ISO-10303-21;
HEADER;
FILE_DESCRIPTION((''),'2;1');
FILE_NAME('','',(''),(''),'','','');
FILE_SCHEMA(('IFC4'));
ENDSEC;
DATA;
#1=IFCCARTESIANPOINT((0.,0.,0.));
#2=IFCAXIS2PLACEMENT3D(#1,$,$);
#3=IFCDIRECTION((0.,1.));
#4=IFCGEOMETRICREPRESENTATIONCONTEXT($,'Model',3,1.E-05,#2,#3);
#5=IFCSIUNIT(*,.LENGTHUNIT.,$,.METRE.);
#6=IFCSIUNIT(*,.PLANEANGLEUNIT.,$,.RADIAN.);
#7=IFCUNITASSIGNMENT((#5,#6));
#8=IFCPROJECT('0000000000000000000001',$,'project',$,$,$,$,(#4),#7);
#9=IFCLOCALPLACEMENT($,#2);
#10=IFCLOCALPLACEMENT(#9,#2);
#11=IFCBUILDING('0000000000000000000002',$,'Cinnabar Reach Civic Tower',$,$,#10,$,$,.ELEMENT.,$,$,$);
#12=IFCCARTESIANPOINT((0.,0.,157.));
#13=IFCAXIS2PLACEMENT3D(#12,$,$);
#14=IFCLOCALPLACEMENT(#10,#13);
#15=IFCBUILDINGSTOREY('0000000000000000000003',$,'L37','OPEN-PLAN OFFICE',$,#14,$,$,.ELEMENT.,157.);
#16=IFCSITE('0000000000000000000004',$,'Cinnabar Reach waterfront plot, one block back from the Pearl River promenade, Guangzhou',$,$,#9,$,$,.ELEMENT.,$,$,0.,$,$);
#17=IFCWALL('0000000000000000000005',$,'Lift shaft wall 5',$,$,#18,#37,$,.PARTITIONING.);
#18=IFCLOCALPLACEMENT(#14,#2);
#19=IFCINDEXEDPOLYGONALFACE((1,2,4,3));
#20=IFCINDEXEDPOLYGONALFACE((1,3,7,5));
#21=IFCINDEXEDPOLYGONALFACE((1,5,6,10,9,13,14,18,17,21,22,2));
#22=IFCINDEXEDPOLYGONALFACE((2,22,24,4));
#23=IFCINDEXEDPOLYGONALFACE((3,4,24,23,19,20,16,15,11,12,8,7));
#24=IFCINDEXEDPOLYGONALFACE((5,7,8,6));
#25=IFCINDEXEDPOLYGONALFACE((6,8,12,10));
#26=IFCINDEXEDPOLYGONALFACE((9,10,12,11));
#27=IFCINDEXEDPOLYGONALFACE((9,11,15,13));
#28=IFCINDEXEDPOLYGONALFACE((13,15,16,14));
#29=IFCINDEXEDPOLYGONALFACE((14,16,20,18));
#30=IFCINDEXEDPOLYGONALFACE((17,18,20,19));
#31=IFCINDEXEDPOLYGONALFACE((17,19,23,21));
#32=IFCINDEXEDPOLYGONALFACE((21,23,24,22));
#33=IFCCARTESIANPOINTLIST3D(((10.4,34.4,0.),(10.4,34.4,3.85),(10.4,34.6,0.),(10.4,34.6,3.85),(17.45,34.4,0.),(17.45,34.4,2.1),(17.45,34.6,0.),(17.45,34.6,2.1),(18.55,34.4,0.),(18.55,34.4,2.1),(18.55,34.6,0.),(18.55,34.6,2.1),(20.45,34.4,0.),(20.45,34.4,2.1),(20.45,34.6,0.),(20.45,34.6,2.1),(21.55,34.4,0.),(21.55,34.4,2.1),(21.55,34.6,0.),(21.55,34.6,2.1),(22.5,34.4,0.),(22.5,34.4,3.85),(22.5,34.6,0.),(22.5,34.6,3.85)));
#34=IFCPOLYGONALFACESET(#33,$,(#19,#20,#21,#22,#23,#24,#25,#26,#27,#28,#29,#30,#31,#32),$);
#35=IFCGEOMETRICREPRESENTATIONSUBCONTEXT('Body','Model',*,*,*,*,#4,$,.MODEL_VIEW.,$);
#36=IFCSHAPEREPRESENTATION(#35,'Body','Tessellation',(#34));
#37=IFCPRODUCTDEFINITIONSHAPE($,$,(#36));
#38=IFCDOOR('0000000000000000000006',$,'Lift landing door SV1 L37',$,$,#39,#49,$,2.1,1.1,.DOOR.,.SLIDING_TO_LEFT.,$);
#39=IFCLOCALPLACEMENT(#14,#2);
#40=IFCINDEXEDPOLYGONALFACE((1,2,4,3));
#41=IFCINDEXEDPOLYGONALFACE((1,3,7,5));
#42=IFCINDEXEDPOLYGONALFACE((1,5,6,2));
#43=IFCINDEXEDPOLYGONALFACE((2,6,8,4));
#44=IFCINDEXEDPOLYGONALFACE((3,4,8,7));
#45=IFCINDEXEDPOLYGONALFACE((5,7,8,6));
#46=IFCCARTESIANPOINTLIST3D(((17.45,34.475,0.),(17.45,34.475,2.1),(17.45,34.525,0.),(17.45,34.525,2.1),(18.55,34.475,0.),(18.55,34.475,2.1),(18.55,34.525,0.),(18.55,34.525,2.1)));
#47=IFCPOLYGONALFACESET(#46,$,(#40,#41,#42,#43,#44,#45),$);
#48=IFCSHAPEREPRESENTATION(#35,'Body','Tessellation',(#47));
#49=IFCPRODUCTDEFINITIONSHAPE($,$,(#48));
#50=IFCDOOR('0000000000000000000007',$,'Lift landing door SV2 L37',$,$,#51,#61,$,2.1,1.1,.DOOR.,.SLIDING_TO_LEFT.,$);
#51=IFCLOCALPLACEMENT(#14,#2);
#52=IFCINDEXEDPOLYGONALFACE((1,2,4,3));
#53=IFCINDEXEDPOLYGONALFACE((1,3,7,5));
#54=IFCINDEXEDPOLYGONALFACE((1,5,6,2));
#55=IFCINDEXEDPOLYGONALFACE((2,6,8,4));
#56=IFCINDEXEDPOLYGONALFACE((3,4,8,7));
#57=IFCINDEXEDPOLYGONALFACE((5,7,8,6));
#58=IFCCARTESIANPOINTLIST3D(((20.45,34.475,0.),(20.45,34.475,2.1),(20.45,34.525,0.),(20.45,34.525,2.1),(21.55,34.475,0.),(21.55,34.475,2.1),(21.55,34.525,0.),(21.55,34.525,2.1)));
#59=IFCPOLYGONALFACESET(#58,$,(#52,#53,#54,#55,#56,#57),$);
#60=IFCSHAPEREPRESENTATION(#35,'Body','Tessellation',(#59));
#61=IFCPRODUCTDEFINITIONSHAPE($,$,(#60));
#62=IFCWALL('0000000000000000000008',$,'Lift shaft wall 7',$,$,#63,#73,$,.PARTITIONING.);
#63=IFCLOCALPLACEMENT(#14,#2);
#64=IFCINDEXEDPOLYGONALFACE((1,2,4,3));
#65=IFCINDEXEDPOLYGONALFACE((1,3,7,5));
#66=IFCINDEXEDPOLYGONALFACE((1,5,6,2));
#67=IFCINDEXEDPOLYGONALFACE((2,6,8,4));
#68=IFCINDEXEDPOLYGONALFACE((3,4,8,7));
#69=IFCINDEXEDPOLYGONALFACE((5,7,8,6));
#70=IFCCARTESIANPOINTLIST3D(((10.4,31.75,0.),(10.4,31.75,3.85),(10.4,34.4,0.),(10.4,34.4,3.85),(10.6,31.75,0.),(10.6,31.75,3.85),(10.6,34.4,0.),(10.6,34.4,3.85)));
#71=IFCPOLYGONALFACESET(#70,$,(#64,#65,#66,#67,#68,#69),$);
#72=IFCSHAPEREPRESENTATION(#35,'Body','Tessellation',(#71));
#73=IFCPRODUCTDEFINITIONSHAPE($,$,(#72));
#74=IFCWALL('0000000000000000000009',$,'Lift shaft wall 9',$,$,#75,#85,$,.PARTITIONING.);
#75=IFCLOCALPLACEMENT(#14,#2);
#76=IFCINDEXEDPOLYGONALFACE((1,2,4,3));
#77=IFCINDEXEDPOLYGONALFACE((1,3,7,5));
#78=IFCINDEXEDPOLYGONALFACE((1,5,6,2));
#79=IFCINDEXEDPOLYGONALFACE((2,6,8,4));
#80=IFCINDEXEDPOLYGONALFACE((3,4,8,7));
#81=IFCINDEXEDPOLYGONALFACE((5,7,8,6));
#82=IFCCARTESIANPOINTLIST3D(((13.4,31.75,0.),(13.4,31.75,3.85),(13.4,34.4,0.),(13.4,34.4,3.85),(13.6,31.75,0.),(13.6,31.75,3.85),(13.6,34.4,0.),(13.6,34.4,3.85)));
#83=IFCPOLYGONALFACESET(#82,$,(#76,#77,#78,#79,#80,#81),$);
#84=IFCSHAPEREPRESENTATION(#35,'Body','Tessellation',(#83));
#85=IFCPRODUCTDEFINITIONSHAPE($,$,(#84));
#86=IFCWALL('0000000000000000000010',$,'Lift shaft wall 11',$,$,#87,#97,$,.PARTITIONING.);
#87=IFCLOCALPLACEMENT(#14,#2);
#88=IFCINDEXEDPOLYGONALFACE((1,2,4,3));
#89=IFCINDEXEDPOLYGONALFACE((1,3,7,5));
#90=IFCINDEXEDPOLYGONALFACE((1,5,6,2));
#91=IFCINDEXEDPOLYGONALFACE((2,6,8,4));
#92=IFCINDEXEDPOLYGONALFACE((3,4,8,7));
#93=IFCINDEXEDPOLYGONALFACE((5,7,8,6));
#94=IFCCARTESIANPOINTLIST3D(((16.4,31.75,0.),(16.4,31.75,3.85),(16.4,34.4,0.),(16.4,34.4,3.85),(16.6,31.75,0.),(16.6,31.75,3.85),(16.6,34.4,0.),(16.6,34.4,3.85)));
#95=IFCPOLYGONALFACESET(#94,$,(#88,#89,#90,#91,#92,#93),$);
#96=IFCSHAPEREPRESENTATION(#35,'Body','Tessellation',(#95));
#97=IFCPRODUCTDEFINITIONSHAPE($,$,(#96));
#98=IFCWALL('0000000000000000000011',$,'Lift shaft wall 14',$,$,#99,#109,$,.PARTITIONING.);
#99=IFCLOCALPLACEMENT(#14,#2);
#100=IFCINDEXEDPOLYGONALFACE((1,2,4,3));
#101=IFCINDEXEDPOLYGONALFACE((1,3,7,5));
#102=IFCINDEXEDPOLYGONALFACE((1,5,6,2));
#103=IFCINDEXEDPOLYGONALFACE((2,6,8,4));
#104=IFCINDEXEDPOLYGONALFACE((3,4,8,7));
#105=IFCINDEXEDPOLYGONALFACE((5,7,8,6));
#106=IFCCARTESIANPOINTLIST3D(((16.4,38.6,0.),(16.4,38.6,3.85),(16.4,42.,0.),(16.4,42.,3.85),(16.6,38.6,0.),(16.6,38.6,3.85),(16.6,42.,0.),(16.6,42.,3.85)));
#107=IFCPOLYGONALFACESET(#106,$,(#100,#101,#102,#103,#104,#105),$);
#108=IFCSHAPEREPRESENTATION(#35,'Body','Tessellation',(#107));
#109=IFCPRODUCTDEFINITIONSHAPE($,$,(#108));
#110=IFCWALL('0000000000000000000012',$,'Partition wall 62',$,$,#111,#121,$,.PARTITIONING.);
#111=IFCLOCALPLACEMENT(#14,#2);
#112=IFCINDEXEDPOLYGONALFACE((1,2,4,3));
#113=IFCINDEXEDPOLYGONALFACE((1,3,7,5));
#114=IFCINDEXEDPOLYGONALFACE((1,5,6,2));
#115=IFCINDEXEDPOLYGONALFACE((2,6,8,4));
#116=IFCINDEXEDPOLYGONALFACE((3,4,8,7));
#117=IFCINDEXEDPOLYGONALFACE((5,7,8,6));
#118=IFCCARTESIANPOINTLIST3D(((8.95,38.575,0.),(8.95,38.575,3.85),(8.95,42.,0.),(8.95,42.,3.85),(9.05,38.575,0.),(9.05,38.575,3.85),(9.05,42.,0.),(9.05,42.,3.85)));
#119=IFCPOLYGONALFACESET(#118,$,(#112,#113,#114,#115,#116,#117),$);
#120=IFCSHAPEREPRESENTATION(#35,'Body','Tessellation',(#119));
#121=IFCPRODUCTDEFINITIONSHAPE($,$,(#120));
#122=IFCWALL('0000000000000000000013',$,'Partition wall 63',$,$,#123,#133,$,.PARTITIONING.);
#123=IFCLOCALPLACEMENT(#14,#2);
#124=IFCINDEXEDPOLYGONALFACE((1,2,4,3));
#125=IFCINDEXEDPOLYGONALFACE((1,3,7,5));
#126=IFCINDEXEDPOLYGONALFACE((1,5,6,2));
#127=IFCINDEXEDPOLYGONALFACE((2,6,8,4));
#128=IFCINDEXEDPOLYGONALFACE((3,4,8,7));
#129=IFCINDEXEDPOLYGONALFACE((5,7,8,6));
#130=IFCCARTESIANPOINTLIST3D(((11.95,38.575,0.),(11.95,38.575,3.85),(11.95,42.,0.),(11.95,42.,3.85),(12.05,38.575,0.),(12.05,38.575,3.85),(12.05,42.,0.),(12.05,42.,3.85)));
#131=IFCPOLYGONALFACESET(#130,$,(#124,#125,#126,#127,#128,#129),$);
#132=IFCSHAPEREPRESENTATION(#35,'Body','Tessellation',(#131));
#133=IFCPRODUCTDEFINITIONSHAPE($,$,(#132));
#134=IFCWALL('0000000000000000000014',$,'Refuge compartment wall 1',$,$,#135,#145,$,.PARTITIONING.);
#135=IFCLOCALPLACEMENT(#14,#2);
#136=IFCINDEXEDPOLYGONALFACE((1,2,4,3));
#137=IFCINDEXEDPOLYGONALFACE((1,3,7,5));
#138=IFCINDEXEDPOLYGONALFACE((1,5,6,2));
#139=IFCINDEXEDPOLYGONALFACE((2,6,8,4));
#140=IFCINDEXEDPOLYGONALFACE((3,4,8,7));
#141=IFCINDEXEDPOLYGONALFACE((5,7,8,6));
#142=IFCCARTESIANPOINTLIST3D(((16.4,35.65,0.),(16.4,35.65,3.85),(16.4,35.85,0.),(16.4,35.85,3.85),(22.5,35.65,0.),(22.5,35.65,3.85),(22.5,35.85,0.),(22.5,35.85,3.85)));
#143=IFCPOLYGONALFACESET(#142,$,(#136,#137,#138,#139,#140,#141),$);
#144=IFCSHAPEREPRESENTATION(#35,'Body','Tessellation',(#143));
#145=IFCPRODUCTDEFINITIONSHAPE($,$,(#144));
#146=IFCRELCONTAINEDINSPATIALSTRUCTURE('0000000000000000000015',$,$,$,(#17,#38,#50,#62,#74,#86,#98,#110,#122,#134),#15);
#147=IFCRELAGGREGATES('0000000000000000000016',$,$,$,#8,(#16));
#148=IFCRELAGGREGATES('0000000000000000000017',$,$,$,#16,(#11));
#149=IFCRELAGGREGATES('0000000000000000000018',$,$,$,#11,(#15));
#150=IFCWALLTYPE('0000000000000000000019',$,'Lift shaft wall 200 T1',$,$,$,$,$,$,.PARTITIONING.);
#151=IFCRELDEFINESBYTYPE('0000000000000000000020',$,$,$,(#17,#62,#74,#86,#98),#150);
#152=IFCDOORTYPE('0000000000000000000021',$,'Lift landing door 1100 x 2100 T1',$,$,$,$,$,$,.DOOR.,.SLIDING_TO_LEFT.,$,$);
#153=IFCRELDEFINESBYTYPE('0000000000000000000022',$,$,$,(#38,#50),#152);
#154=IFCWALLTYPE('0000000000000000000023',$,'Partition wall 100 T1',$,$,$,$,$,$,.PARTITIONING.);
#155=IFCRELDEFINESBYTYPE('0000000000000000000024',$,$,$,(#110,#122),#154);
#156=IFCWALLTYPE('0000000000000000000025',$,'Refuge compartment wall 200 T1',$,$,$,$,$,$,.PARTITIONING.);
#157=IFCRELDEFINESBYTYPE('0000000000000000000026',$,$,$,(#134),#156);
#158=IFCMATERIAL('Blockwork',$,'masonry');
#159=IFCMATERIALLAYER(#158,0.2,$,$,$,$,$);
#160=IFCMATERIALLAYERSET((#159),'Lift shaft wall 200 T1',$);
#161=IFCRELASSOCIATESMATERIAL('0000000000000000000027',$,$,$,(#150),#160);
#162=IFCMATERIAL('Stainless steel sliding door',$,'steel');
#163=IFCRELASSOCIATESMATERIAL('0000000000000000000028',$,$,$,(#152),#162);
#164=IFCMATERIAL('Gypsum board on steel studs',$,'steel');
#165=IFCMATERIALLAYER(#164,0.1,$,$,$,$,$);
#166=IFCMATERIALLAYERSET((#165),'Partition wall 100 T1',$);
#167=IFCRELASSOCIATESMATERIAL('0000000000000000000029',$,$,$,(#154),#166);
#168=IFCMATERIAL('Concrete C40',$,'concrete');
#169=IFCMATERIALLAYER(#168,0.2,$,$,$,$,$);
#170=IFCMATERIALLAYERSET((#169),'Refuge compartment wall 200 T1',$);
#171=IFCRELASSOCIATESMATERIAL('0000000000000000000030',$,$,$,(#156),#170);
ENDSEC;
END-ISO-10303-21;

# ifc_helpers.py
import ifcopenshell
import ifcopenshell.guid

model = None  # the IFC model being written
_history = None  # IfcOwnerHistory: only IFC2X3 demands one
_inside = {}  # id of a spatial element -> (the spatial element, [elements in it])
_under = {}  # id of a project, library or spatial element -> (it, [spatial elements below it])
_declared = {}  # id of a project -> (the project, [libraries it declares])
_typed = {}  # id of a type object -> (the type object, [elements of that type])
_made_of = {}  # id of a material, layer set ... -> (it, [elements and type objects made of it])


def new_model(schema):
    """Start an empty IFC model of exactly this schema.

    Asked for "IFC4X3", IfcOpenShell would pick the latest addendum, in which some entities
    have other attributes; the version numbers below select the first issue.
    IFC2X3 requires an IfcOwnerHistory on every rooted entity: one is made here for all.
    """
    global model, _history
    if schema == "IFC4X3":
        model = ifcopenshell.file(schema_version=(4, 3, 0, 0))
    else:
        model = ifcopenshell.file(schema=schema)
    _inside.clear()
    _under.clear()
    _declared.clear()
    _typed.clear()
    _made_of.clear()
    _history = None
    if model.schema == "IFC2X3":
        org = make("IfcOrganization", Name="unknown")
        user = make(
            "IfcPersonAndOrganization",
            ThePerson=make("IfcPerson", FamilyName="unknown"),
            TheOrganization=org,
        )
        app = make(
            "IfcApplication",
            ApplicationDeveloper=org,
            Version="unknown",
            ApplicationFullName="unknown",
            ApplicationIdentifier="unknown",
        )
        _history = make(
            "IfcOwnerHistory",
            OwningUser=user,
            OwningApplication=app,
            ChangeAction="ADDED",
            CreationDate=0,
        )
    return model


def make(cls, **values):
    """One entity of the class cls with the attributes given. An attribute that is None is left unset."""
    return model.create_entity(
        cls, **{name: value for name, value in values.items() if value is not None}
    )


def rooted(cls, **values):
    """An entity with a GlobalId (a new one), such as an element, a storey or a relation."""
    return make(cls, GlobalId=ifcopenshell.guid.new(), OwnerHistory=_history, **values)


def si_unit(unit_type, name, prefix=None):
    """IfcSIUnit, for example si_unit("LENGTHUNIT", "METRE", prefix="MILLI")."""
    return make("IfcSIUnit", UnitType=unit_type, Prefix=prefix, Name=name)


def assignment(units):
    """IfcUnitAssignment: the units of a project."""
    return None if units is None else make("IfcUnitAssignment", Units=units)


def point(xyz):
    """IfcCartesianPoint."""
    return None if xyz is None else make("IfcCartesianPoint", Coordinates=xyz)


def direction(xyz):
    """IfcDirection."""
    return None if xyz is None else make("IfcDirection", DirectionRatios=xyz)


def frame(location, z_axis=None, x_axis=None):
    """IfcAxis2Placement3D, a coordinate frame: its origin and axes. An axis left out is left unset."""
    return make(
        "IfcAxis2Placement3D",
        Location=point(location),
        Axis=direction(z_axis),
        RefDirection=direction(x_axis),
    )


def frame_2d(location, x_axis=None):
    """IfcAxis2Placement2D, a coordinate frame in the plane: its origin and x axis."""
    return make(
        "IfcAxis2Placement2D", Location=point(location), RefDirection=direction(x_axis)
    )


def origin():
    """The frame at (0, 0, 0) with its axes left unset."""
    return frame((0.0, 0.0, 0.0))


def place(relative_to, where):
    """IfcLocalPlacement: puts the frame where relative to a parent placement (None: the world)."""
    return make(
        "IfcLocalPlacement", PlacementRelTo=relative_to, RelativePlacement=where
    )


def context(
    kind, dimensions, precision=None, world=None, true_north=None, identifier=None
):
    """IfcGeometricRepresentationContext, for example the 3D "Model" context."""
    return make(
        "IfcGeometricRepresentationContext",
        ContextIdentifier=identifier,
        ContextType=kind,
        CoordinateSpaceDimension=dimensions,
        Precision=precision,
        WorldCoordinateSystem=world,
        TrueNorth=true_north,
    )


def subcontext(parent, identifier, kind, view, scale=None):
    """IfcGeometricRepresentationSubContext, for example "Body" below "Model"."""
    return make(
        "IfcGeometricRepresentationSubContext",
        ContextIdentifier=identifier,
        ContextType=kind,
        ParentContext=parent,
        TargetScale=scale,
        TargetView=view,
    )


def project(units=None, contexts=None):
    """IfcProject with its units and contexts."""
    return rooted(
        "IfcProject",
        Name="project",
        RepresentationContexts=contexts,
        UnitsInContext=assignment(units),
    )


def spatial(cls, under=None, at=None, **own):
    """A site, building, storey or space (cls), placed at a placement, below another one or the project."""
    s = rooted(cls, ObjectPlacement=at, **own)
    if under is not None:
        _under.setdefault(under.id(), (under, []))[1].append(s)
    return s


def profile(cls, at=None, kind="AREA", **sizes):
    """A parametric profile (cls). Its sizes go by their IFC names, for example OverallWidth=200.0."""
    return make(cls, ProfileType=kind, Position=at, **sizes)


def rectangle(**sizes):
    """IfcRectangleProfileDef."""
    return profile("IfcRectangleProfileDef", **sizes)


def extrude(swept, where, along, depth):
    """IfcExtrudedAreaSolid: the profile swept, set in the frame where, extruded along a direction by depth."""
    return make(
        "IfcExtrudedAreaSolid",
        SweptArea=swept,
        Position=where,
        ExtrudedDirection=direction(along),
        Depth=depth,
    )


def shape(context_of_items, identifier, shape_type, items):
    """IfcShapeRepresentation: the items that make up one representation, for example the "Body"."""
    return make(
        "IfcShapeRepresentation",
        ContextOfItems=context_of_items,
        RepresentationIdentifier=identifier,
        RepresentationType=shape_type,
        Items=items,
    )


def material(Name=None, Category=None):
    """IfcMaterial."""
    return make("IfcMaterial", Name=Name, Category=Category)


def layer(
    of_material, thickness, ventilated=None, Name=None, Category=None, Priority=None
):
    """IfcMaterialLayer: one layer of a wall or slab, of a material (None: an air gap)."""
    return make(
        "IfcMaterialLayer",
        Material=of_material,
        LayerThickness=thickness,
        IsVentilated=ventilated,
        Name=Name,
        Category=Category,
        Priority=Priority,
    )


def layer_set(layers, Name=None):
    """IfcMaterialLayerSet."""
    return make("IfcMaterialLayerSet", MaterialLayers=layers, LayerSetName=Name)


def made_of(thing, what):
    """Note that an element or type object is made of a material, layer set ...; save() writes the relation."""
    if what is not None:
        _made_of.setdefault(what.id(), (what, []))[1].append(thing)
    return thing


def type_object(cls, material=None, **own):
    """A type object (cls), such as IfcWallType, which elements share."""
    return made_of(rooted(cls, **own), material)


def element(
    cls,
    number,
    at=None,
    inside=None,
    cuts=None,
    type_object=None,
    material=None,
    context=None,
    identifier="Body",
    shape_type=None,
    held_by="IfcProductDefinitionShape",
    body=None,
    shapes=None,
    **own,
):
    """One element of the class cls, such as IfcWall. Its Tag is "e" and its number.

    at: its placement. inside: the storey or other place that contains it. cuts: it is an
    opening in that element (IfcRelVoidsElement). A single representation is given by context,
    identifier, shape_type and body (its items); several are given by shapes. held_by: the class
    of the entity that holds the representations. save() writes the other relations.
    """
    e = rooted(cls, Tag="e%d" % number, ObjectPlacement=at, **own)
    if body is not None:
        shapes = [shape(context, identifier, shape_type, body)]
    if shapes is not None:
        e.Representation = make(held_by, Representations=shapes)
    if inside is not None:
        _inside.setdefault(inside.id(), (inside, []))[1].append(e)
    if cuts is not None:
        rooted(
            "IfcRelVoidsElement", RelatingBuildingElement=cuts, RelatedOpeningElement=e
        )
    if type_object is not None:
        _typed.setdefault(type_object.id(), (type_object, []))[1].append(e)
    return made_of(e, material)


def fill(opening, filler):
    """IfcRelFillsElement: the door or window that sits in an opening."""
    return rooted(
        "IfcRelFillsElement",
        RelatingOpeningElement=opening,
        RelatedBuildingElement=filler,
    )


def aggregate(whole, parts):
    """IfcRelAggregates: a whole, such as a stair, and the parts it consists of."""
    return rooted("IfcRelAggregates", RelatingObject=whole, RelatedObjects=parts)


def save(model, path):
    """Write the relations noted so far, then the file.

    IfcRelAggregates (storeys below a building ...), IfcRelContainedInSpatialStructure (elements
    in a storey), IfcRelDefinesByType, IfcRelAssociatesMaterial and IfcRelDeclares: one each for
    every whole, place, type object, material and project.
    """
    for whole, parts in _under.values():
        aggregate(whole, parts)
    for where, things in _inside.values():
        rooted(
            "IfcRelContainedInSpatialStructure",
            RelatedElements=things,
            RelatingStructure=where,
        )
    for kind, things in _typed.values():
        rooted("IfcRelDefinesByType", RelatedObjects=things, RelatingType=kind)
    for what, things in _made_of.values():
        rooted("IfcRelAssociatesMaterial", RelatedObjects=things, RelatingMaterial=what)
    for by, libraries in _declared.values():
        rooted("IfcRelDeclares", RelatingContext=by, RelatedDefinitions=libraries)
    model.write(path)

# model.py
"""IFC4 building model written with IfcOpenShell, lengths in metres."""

from ifc_helpers import new_model, si_unit, direction, frame, frame_2d, origin, place, context, subcontext, project, spatial, rectangle, extrude, material, layer, layer_set, type_object, element, fill, save


model = new_model("IFC4")

# Units and contexts
model_context = context("Model", 3, precision=1e-05, world=origin(), true_north=direction((0.0, 1.0)))
body_context = subcontext(model_context, "Body", "Model", "MODEL_VIEW")
ifc_project = project(units=[si_unit("LENGTHUNIT", "METRE"), si_unit("PLANEANGLEUNIT", "RADIAN")], contexts=[model_context])

# Site, building, storey
site_placement = place(None, origin())
site = spatial("IfcSite", under=ifc_project, at=site_placement, Name="Cinnabar Reach waterfront plot, one block back from the Pearl River promenade, Guangzhou", CompositionType="ELEMENT", RefElevation=0.0)
building_placement = place(site_placement, origin())
building = spatial("IfcBuilding", under=site, at=building_placement, Name="Cinnabar Reach Civic Tower", CompositionType="ELEMENT")
storey_placement = place(building_placement, frame((0.0, 0.0, 157.0)))
storey = spatial("IfcBuildingStorey", under=building, at=storey_placement, Name="L37", Description="OPEN-PLAN OFFICE", CompositionType="ELEMENT", Elevation=157.0)

# Wall, openings, doors
ifc_material_1 = material(Name="Blockwork", Category="masonry")
ifc_layer_1 = layer(ifc_material_1, 0.2)
ifc_layer_set_1 = layer_set([ifc_layer_1], Name="Lift shaft wall 200 T1")
wall_type_1 = type_object("IfcWallType", Name="Lift shaft wall 200 T1", PredefinedType="PARTITIONING", material=ifc_layer_set_1)
wall_1_placement = place(storey_placement, frame((10.4, 34.5, 0.0), z_axis=(0.0, 0.0, 1.0), x_axis=(1.0, 0.0, 0.0)))
wall_1 = element("IfcWall", 1, at=wall_1_placement, inside=storey, type_object=wall_type_1, Name="Lift shaft wall 5", PredefinedType="PARTITIONING", context=body_context, shape_type="SweptSolid", body=[
    extrude(rectangle(XDim=12.1, YDim=0.2, at=frame_2d((6.05, 0.0))), origin(), (0.0, 0.0, 1.0), 3.85),
])
opening_1_placement = place(wall_1_placement, frame((7.05, 0.0, 0.0)))
opening_1 = element("IfcOpeningElement", 2, at=opening_1_placement, cuts=wall_1, PredefinedType="OPENING", context=body_context, shape_type="SweptSolid", body=[
    extrude(rectangle(XDim=1.1, YDim=2.1, at=frame_2d((0.55, 1.05))), frame((0.0, 0.11, 0.0), z_axis=(0.0, -1.0, 0.0), x_axis=(1.0, 0.0, 0.0)), (0.0, 0.0, 1.0), 0.22),
])
opening_2_placement = place(wall_1_placement, frame((10.05, 0.0, 0.0)))
opening_2 = element("IfcOpeningElement", 3, at=opening_2_placement, cuts=wall_1, PredefinedType="OPENING", context=body_context, shape_type="SweptSolid", body=[
    extrude(rectangle(XDim=1.1, YDim=2.1, at=frame_2d((0.55, 1.05))), frame((0.0, 0.11, 0.0), z_axis=(0.0, -1.0, 0.0), x_axis=(1.0, 0.0, 0.0)), (0.0, 0.0, 1.0), 0.22),
])
ifc_material_2 = material(Name="Stainless steel sliding door", Category="steel")
door_type_1 = type_object("IfcDoorType", Name="Lift landing door 1100 x 2100 T1", OperationType="SLIDING_TO_LEFT", PredefinedType="DOOR", material=ifc_material_2)
door_1_placement = place(opening_1_placement, origin())
door_1 = element("IfcDoor", 4, at=door_1_placement, inside=storey, type_object=door_type_1, Name="Lift landing door SV1 L37", OperationType="SLIDING_TO_LEFT", OverallHeight=2.1, OverallWidth=1.1, PredefinedType="DOOR", context=body_context, shape_type="SweptSolid", body=[
    extrude(rectangle(XDim=1.1, YDim=2.1, at=frame_2d((0.55, 1.05))), frame((0.0, 0.025, 0.0), z_axis=(0.0, -1.0, 0.0), x_axis=(1.0, 0.0, 0.0)), (0.0, 0.0, 1.0), 0.05),
])
fill(opening_1, door_1)
door_2_placement = place(opening_2_placement, origin())
door_2 = element("IfcDoor", 5, at=door_2_placement, inside=storey, type_object=door_type_1, Name="Lift landing door SV2 L37", OperationType="SLIDING_TO_LEFT", OverallHeight=2.1, OverallWidth=1.1, PredefinedType="DOOR", context=body_context, shape_type="SweptSolid", body=[
    extrude(rectangle(XDim=1.1, YDim=2.1, at=frame_2d((0.55, 1.05))), frame((0.0, 0.025, 0.0), z_axis=(0.0, -1.0, 0.0), x_axis=(1.0, 0.0, 0.0)), (0.0, 0.0, 1.0), 0.05),
])
fill(opening_2, door_2)

# Walls
for number, where, z_axis, x_axis, name in (
    (6, (10.5, 31.75, 0.0), (0.0, 0.0, 1.0), (0.0, 1.0, 0.0), "Lift shaft wall 7"),
    (7, (13.5, 31.75, 0.0), (0.0, 0.0, 1.0), (0.0, 1.0, 0.0), "Lift shaft wall 9"),
    (8, (16.5, 31.75, 0.0), (0.0, 0.0, 1.0), (0.0, 1.0, 0.0), "Lift shaft wall 11"),
):
    element("IfcWall", number, at=place(storey_placement, frame(where, z_axis=z_axis, x_axis=x_axis)), inside=storey, type_object=wall_type_1, Name=name, PredefinedType="PARTITIONING", context=body_context, shape_type="SweptSolid", body=[
        extrude(rectangle(XDim=2.65, YDim=0.2, at=frame_2d((1.325, 0.0))), origin(), (0.0, 0.0, 1.0), 3.85),
    ])
wall_2_placement = place(storey_placement, frame((16.5, 38.6, 0.0), z_axis=(0.0, 0.0, 1.0), x_axis=(0.0, 1.0, 0.0)))
element("IfcWall", 9, at=wall_2_placement, inside=storey, type_object=wall_type_1, Name="Lift shaft wall 14", PredefinedType="PARTITIONING", context=body_context, shape_type="SweptSolid", body=[
    extrude(rectangle(XDim=3.4, YDim=0.2, at=frame_2d((1.7, 0.0))), origin(), (0.0, 0.0, 1.0), 3.85),
])
ifc_material_3 = material(Name="Gypsum board on steel studs", Category="steel")
ifc_layer_2 = layer(ifc_material_3, 0.1)
ifc_layer_set_2 = layer_set([ifc_layer_2], Name="Partition wall 100 T1")
wall_type_2 = type_object("IfcWallType", Name="Partition wall 100 T1", PredefinedType="PARTITIONING", material=ifc_layer_set_2)
for number, where, z_axis, x_axis, name in (
    (10, (9.0, 38.575, 0.0), (0.0, 0.0, 1.0), (0.0, 1.0, 0.0), "Partition wall 62"),
    (11, (12.0, 38.575, 0.0), (0.0, 0.0, 1.0), (0.0, 1.0, 0.0), "Partition wall 63"),
):
    element("IfcWall", number, at=place(storey_placement, frame(where, z_axis=z_axis, x_axis=x_axis)), inside=storey, type_object=wall_type_2, Name=name, PredefinedType="PARTITIONING", context=body_context, shape_type="SweptSolid", body=[
        extrude(rectangle(XDim=3.425, YDim=0.1, at=frame_2d((1.7125, 0.0))), origin(), (0.0, 0.0, 1.0), 3.85),
    ])
ifc_material_4 = material(Name="Concrete C40", Category="concrete")
ifc_layer_3 = layer(ifc_material_4, 0.2)
ifc_layer_set_3 = layer_set([ifc_layer_3], Name="Refuge compartment wall 200 T1")
wall_type_3 = type_object("IfcWallType", Name="Refuge compartment wall 200 T1", PredefinedType="PARTITIONING", material=ifc_layer_set_3)
wall_3_placement = place(storey_placement, frame((16.4, 35.75, 0.0), z_axis=(0.0, 0.0, 1.0), x_axis=(1.0, 0.0, 0.0)))
element("IfcWall", 12, at=wall_3_placement, inside=storey, type_object=wall_type_3, Name="Refuge compartment wall 1", PredefinedType="PARTITIONING", context=body_context, shape_type="SweptSolid", body=[
    extrude(rectangle(XDim=6.1, YDim=0.2, at=frame_2d((3.05, 0.0))), origin(), (0.0, 0.0, 1.0), 3.85),
])

save(model, "model.ifc")
